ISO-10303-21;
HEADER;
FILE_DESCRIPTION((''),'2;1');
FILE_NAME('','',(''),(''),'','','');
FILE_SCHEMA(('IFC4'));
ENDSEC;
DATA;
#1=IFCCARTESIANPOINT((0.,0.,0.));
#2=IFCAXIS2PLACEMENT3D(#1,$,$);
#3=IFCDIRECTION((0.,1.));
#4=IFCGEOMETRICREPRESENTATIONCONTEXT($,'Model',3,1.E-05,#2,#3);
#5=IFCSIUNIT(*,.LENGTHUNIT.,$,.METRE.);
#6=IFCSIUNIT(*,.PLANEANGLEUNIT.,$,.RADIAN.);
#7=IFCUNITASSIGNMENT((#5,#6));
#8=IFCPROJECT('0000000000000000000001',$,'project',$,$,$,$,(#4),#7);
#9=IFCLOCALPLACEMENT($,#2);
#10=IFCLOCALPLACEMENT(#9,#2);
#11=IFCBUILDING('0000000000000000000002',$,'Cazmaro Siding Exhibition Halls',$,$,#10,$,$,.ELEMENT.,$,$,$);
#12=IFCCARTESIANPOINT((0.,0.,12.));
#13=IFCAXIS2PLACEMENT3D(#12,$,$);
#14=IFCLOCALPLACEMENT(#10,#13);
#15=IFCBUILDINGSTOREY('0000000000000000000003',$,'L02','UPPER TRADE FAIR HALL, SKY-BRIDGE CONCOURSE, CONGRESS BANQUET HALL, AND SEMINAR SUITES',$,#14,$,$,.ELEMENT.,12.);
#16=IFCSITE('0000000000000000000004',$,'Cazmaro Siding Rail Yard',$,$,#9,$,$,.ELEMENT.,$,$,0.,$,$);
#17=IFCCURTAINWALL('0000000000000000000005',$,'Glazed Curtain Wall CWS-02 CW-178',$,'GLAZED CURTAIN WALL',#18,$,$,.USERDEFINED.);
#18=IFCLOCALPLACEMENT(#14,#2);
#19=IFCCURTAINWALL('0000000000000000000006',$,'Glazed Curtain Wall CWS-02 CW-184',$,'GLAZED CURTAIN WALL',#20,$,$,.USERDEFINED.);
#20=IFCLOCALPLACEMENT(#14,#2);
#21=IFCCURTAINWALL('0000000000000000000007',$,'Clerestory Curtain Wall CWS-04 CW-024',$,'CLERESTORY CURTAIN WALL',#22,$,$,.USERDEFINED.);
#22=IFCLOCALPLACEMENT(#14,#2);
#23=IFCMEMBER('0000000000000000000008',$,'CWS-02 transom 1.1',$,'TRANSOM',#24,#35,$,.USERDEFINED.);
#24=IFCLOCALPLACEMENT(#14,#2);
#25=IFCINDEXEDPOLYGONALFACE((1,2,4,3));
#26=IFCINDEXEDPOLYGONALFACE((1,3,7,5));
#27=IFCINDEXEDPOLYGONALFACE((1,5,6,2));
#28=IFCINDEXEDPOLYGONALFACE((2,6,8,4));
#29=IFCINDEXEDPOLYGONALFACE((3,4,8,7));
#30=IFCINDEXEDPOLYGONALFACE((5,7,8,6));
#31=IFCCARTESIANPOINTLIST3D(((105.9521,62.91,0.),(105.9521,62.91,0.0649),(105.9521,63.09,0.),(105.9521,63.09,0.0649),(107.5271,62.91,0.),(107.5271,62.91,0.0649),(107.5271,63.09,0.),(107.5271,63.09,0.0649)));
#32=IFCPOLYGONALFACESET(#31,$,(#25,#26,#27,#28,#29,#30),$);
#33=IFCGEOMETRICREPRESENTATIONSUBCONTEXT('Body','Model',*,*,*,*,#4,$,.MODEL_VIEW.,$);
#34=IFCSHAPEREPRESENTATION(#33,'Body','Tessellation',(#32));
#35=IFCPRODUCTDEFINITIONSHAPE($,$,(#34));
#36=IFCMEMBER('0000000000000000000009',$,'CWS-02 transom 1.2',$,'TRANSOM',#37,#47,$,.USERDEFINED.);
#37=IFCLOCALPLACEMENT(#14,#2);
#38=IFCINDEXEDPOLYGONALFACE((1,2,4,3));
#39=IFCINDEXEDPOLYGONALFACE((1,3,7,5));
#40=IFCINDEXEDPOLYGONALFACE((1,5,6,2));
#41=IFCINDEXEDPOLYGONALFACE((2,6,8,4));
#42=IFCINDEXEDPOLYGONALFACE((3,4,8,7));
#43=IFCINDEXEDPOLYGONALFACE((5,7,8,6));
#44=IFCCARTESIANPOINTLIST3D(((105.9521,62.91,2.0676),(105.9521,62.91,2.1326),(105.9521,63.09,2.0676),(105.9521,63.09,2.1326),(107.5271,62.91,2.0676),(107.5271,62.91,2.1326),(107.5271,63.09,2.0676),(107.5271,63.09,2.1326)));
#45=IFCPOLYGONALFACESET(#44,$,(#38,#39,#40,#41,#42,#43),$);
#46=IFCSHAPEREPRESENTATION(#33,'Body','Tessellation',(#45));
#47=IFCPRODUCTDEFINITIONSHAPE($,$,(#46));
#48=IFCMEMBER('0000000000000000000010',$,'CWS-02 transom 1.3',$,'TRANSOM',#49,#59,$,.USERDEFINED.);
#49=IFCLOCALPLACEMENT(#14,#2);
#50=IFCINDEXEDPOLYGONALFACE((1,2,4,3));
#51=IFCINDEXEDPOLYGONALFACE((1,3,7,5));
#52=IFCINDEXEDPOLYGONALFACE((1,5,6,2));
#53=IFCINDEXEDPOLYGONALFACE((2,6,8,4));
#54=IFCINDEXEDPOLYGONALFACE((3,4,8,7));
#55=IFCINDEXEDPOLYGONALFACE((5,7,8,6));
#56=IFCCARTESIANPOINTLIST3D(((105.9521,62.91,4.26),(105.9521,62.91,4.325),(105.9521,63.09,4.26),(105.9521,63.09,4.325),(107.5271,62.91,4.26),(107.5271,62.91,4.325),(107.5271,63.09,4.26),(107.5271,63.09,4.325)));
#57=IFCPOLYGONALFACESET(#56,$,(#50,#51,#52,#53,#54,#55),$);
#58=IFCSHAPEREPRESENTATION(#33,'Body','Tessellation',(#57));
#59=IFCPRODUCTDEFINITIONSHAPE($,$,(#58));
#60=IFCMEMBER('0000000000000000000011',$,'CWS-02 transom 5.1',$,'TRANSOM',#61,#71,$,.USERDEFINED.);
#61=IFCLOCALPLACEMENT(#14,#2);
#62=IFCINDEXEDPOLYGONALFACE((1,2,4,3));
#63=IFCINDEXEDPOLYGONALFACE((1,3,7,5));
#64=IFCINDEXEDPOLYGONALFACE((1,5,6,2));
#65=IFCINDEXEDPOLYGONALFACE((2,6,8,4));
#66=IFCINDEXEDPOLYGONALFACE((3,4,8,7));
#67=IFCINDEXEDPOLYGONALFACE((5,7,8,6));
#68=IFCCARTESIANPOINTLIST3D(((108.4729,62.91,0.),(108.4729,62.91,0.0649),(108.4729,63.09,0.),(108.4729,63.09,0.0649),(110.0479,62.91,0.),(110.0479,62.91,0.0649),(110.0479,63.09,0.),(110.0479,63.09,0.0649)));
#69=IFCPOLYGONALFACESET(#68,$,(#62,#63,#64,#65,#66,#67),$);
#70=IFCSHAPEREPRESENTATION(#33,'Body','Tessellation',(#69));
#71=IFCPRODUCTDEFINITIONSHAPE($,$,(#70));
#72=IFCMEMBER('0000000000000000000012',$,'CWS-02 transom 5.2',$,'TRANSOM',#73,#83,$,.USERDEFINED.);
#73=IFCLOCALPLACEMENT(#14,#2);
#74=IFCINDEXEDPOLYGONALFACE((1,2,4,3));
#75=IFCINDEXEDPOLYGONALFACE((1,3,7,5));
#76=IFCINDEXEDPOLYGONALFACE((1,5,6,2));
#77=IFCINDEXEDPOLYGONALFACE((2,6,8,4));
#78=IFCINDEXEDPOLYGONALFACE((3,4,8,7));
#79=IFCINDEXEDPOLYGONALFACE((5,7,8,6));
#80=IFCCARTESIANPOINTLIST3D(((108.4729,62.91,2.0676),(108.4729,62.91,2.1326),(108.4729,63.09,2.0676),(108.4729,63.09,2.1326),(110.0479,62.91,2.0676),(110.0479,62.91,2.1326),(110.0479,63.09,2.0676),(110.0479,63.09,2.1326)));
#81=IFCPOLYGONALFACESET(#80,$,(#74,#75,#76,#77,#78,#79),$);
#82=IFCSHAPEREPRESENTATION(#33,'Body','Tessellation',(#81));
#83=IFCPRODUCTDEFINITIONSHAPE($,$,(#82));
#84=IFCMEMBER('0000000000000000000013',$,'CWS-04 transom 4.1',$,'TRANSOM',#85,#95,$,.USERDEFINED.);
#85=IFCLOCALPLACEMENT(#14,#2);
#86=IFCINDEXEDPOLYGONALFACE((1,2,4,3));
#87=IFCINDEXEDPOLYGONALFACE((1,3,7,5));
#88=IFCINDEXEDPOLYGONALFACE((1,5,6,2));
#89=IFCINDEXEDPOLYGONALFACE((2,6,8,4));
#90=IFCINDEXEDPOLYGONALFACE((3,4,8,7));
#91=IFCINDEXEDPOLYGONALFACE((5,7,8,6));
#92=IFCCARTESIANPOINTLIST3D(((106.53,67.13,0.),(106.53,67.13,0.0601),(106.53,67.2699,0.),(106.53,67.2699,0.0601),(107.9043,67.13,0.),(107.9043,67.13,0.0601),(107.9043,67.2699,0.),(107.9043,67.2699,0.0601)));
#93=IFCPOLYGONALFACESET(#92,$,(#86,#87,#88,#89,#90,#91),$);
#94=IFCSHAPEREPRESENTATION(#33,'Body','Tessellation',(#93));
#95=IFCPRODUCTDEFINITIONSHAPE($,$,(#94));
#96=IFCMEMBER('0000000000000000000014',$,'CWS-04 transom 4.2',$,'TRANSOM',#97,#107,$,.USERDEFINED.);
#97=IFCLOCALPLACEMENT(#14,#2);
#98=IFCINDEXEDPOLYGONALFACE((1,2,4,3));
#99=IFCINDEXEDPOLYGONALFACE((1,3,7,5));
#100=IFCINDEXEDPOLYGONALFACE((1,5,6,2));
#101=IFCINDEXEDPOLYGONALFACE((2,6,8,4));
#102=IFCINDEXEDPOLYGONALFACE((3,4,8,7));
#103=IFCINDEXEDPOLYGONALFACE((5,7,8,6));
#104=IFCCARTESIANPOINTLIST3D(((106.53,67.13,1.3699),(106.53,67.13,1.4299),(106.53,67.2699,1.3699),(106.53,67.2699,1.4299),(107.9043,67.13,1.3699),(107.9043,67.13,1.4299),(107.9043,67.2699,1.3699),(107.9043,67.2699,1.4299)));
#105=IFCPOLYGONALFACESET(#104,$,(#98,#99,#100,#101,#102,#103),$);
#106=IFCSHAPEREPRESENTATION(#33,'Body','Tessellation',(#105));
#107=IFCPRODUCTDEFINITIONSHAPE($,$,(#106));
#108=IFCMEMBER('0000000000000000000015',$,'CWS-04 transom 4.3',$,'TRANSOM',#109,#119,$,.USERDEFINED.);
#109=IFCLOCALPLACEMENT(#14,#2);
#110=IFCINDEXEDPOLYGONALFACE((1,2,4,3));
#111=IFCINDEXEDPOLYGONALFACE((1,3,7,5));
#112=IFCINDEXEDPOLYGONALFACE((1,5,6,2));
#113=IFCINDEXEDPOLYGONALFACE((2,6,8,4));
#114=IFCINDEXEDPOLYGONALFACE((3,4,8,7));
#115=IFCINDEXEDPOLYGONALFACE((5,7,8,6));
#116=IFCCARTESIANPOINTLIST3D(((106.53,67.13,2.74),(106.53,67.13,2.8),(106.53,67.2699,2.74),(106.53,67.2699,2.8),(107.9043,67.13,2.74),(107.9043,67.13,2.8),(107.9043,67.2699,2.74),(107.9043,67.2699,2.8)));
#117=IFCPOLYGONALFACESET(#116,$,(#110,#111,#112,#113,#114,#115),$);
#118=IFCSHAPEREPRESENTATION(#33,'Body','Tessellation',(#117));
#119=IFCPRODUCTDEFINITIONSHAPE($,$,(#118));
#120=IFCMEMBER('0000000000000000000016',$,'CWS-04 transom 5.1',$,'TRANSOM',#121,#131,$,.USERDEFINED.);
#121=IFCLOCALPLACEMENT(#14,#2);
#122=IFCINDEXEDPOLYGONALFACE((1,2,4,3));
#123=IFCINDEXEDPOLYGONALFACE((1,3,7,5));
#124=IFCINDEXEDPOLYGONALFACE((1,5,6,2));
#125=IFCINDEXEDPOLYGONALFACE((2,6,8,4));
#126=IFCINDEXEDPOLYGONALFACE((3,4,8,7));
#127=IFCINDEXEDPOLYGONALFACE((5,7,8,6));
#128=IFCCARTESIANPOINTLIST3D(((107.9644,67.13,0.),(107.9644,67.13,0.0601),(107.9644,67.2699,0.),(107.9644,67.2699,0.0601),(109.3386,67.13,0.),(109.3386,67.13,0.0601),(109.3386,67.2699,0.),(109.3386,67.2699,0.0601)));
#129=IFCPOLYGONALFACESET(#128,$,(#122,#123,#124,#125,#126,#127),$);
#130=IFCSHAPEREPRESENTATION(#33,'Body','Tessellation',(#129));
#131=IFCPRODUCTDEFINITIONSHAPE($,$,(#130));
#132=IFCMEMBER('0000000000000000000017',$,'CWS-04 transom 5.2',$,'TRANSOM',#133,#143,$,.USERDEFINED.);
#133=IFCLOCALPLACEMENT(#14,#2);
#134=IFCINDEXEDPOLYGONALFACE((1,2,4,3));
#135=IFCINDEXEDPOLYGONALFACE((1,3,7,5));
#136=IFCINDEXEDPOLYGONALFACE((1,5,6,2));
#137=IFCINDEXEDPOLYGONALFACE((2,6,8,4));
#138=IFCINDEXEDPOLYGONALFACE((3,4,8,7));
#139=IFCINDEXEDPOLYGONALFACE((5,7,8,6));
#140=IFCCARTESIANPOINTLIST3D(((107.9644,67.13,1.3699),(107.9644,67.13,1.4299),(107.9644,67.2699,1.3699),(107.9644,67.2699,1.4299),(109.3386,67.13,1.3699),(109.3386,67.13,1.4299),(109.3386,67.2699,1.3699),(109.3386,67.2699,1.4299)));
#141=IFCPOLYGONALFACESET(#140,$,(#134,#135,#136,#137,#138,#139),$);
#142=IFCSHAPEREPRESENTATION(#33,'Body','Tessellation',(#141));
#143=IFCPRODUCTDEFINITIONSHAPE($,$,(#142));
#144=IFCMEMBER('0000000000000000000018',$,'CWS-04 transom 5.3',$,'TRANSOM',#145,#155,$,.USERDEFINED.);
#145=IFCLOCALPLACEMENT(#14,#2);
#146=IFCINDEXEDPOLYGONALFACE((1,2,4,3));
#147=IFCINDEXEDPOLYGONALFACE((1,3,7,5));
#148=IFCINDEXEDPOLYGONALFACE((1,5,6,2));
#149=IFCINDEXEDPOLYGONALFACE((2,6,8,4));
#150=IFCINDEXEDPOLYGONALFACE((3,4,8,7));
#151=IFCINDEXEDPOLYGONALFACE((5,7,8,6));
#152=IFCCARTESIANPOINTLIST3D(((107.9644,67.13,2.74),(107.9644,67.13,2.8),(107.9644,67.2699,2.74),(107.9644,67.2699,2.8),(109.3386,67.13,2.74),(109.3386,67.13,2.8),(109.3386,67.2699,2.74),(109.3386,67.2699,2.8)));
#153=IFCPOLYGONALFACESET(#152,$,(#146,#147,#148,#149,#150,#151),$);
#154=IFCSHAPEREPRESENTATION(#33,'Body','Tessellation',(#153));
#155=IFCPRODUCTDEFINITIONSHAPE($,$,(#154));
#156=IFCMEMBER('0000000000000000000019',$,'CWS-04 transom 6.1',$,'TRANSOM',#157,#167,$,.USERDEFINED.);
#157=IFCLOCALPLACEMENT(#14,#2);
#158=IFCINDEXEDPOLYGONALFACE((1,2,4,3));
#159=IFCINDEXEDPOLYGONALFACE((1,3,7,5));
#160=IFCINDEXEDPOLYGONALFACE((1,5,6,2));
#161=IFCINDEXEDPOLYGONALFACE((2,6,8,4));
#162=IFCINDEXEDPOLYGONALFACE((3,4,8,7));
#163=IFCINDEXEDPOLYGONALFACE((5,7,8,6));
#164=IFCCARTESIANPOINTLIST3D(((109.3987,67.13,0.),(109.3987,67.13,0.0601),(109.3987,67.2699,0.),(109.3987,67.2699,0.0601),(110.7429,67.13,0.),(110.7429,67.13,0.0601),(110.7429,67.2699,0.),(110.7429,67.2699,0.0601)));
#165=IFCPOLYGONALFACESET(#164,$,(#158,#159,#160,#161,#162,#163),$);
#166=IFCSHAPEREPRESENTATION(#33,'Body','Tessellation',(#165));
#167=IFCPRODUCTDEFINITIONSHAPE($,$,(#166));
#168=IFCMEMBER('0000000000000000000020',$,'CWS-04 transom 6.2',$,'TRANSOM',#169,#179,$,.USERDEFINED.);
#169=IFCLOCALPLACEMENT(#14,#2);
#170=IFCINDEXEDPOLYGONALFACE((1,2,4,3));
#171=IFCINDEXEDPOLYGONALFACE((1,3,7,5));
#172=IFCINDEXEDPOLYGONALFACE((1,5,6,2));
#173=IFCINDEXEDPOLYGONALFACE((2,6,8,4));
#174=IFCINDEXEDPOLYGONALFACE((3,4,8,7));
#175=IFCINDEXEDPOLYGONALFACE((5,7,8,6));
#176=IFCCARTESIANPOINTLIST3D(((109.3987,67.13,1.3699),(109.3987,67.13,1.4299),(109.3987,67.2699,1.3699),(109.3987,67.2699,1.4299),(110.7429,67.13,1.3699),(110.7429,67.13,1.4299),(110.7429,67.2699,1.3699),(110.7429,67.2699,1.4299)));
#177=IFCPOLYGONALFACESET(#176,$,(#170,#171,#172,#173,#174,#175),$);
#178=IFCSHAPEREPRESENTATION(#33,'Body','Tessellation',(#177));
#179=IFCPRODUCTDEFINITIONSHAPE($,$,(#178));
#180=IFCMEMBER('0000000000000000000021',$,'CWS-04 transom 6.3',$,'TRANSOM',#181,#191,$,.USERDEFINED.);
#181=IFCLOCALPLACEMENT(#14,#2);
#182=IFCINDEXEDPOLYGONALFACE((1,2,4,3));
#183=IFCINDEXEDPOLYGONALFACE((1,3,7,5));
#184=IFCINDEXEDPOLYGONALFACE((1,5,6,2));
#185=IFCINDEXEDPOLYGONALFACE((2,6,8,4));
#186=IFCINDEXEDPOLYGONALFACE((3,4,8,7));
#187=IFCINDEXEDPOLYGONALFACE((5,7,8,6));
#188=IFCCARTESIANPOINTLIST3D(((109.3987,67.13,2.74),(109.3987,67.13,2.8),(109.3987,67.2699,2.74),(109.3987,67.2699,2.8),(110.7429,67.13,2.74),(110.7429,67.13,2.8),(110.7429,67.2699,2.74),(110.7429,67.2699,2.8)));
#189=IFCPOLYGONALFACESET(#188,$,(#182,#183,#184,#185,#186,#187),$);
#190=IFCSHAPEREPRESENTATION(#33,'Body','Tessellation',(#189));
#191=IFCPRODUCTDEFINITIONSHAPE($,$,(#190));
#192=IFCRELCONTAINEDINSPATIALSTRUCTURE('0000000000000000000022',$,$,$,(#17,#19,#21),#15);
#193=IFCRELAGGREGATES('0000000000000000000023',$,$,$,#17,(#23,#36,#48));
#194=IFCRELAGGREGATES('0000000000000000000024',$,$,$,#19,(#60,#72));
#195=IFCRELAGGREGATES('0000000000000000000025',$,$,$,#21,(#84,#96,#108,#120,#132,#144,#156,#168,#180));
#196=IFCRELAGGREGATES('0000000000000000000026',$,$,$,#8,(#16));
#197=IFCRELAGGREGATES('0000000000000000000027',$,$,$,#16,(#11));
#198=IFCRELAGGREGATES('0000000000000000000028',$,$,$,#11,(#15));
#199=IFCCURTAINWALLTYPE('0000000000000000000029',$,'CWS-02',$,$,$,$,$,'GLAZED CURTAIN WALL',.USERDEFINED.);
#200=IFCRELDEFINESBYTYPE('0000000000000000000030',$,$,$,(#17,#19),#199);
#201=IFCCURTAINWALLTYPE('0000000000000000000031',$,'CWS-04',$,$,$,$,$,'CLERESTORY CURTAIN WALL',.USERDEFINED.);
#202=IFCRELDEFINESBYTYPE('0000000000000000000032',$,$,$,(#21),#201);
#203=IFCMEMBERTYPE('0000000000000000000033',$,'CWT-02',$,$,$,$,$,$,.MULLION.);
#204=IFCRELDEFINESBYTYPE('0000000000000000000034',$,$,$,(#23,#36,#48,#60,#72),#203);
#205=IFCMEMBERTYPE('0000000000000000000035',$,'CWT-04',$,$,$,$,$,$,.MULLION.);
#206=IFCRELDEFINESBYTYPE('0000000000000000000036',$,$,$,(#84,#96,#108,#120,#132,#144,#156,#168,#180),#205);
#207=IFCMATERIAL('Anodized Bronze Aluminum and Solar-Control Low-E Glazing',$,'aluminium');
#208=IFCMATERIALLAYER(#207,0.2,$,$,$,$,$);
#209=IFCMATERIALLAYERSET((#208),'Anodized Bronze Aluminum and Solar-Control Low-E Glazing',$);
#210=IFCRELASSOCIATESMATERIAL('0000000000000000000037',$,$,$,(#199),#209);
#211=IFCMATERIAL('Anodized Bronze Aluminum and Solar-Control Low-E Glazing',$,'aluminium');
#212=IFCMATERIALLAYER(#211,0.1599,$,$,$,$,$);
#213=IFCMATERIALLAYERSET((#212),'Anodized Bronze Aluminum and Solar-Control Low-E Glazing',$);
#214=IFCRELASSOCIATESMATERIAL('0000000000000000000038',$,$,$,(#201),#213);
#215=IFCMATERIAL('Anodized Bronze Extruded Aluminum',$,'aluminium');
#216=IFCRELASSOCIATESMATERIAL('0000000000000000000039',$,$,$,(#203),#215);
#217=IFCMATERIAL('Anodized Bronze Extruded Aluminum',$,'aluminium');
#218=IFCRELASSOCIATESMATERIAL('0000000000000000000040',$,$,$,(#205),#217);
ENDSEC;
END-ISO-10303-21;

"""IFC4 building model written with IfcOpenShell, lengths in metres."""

from ifc_helpers import new_model, si_unit, direction, frame, origin, origin_2d, place, context, subcontext, project, spatial, rectangle, extrude, material, layer, layer_set, material_profile, profile_set, type_object, element, aggregate, save


model = new_model("IFC4")

# Units and contexts
model_context = context("Model", 3, precision=1e-05, world=origin(), true_north=direction((0.0, 1.0)))
body_context = subcontext(model_context, "Body", "Model", "MODEL_VIEW")
ifc_project = project(units=[si_unit("LENGTHUNIT", "METRE"), si_unit("PLANEANGLEUNIT", "RADIAN")], contexts=[model_context])

# Site, building, storey
site_placement = place(None, origin())
site = spatial("IfcSite", under=ifc_project, at=site_placement, Name="Cazmaro Siding Rail Yard", CompositionType="ELEMENT", RefElevation=0.0)
building_placement = place(site_placement, origin())
building = spatial("IfcBuilding", under=site, at=building_placement, Name="Cazmaro Siding Exhibition Halls", CompositionType="ELEMENT")
storey_placement = place(building_placement, frame((0.0, 0.0, 12.0)))
storey = spatial("IfcBuildingStorey", under=building, at=storey_placement, Name="L02", Description="UPPER TRADE FAIR HALL, SKY-BRIDGE CONCOURSE, CONGRESS BANQUET HALL, AND SEMINAR SUITES", CompositionType="ELEMENT", Elevation=12.0)

# Curtain walls
ifc_material_1 = material(Name="Anodized Bronze Aluminum and Solar-Control Low-E Glazing", Category="aluminium")
ifc_layer_1 = layer(ifc_material_1, 0.2)
ifc_layer_set_1 = layer_set([ifc_layer_1], Name="Anodized Bronze Aluminum and Solar-Control Low-E Glazing")
curtain_wall_type_1 = type_object("IfcCurtainWallType", Name="CWS-02", ElementType="GLAZED CURTAIN WALL", PredefinedType="USERDEFINED", material=ifc_layer_set_1)
curtain_wall_1_placement = place(storey_placement, origin())
curtain_wall_1 = element("IfcCurtainWall", 1, at=curtain_wall_1_placement, inside=storey, type_object=curtain_wall_type_1, Name="Glazed Curtain Wall CWS-02 CW-178", ObjectType="GLAZED CURTAIN WALL", PredefinedType="USERDEFINED")
curtain_wall_2_placement = place(storey_placement, origin())
curtain_wall_2 = element("IfcCurtainWall", 2, at=curtain_wall_2_placement, inside=storey, type_object=curtain_wall_type_1, Name="Glazed Curtain Wall CWS-02 CW-184", ObjectType="GLAZED CURTAIN WALL", PredefinedType="USERDEFINED")

# Curtain wall
ifc_material_2 = material(Name="Anodized Bronze Aluminum and Solar-Control Low-E Glazing", Category="aluminium")
ifc_layer_2 = layer(ifc_material_2, 0.1599)
ifc_layer_set_2 = layer_set([ifc_layer_2], Name="Anodized Bronze Aluminum and Solar-Control Low-E Glazing")
curtain_wall_type_2 = type_object("IfcCurtainWallType", Name="CWS-04", ElementType="CLERESTORY CURTAIN WALL", PredefinedType="USERDEFINED", material=ifc_layer_set_2)
curtain_wall_3_placement = place(storey_placement, origin())
curtain_wall_3 = element("IfcCurtainWall", 3, at=curtain_wall_3_placement, inside=storey, type_object=curtain_wall_type_2, Name="Clerestory Curtain Wall CWS-04 CW-024", ObjectType="CLERESTORY CURTAIN WALL", PredefinedType="USERDEFINED")

# Members
ifc_material_3 = material(Name="Anodized Bronze Extruded Aluminum", Category="aluminium")
ifc_material_profile_1 = material_profile(ifc_material_3, rectangle(XDim=0.1799, YDim=0.0649, at=origin_2d()), Name="CWT-02")
ifc_profile_set_1 = profile_set([ifc_material_profile_1], Name="Anodized Bronze Extruded Aluminum")
member_type_1 = type_object("IfcMemberType", Name="CWT-02", PredefinedType="MULLION", material=ifc_profile_set_1)
member_1_placement = place(storey_placement, frame((107.5271, 63.0, 0.0325), z_axis=(-1.0, 0.0, 0.0), x_axis=(0.0, -1.0, 0.0)))
member_1 = element("IfcMember", 4, at=member_1_placement, type_object=member_type_1, Name="CWS-02 transom 1.1", ObjectType="TRANSOM", PredefinedType="USERDEFINED", context=body_context, shape_type="SweptSolid", body=[
    extrude(rectangle(XDim=0.1799, YDim=0.0649, at=origin_2d()), origin(), (0.0, 0.0, 1.0), 1.575),
])
member_2_placement = place(storey_placement, frame((107.5271, 63.0, 2.1001), z_axis=(-1.0, 0.0, 0.0), x_axis=(0.0, -1.0, 0.0)))
member_2 = element("IfcMember", 5, at=member_2_placement, type_object=member_type_1, Name="CWS-02 transom 1.2", ObjectType="TRANSOM", PredefinedType="USERDEFINED", context=body_context, shape_type="SweptSolid", body=[
    extrude(rectangle(XDim=0.1799, YDim=0.0649, at=origin_2d()), origin(), (0.0, 0.0, 1.0), 1.575),
])
member_3_placement = place(storey_placement, frame((107.5271, 63.0, 4.2925), z_axis=(-1.0, 0.0, 0.0), x_axis=(0.0, -1.0, 0.0)))
member_3 = element("IfcMember", 6, at=member_3_placement, type_object=member_type_1, Name="CWS-02 transom 1.3", ObjectType="TRANSOM", PredefinedType="USERDEFINED", context=body_context, shape_type="SweptSolid", body=[
    extrude(rectangle(XDim=0.1799, YDim=0.0649, at=origin_2d()), origin(), (0.0, 0.0, 1.0), 1.575),
])
member_4_placement = place(storey_placement, frame((110.0479, 63.0, 0.0325), z_axis=(-1.0, 0.0, 0.0), x_axis=(0.0, -1.0, 0.0)))
member_4 = element("IfcMember", 7, at=member_4_placement, type_object=member_type_1, Name="CWS-02 transom 5.1", ObjectType="TRANSOM", PredefinedType="USERDEFINED", context=body_context, shape_type="SweptSolid", body=[
    extrude(rectangle(XDim=0.1799, YDim=0.0649, at=origin_2d()), origin(), (0.0, 0.0, 1.0), 1.575),
])
member_5_placement = place(storey_placement, frame((110.0479, 63.0, 2.1001), z_axis=(-1.0, 0.0, 0.0), x_axis=(0.0, -1.0, 0.0)))
member_5 = element("IfcMember", 8, at=member_5_placement, type_object=member_type_1, Name="CWS-02 transom 5.2", ObjectType="TRANSOM", PredefinedType="USERDEFINED", context=body_context, shape_type="SweptSolid", body=[
    extrude(rectangle(XDim=0.1799, YDim=0.0649, at=origin_2d()), origin(), (0.0, 0.0, 1.0), 1.575),
])
ifc_material_4 = material(Name="Anodized Bronze Extruded Aluminum", Category="aluminium")
ifc_material_profile_2 = material_profile(ifc_material_4, rectangle(XDim=0.1399, YDim=0.0601, at=origin_2d()), Name="CWT-04")
ifc_profile_set_2 = profile_set([ifc_material_profile_2], Name="Anodized Bronze Extruded Aluminum")
member_type_2 = type_object("IfcMemberType", Name="CWT-04", PredefinedType="MULLION", material=ifc_profile_set_2)
member_6_placement = place(storey_placement, frame((106.53, 67.2, 0.03), z_axis=(1.0, 0.0, 0.0), x_axis=(0.0, 1.0, 0.0)))
member_6 = element("IfcMember", 9, at=member_6_placement, type_object=member_type_2, Name="CWS-04 transom 4.1", ObjectType="TRANSOM", PredefinedType="USERDEFINED", context=body_context, shape_type="SweptSolid", body=[
    extrude(rectangle(XDim=0.1399, YDim=0.0601, at=origin_2d()), origin(), (0.0, 0.0, 1.0), 1.3743),
])
member_7_placement = place(storey_placement, frame((106.53, 67.2, 1.3999), z_axis=(1.0, 0.0, 0.0), x_axis=(0.0, 1.0, 0.0)))
member_7 = element("IfcMember", 10, at=member_7_placement, type_object=member_type_2, Name="CWS-04 transom 4.2", ObjectType="TRANSOM", PredefinedType="USERDEFINED", context=body_context, shape_type="SweptSolid", body=[
    extrude(rectangle(XDim=0.1399, YDim=0.0601, at=origin_2d()), origin(), (0.0, 0.0, 1.0), 1.3743),
])
member_8_placement = place(storey_placement, frame((106.53, 67.2, 2.77), z_axis=(1.0, 0.0, 0.0), x_axis=(0.0, 1.0, 0.0)))
member_8 = element("IfcMember", 11, at=member_8_placement, type_object=member_type_2, Name="CWS-04 transom 4.3", ObjectType="TRANSOM", PredefinedType="USERDEFINED", context=body_context, shape_type="SweptSolid", body=[
    extrude(rectangle(XDim=0.1399, YDim=0.0601, at=origin_2d()), origin(), (0.0, 0.0, 1.0), 1.3743),
])
member_9_placement = place(storey_placement, frame((107.9644, 67.2, 0.03), z_axis=(1.0, 0.0, 0.0), x_axis=(0.0, 1.0, 0.0)))
member_9 = element("IfcMember", 12, at=member_9_placement, type_object=member_type_2, Name="CWS-04 transom 5.1", ObjectType="TRANSOM", PredefinedType="USERDEFINED", context=body_context, shape_type="SweptSolid", body=[
    extrude(rectangle(XDim=0.1399, YDim=0.0601, at=origin_2d()), origin(), (0.0, 0.0, 1.0), 1.3743),
])
member_10_placement = place(storey_placement, frame((107.9644, 67.2, 1.3999), z_axis=(1.0, 0.0, 0.0), x_axis=(0.0, 1.0, 0.0)))
member_10 = element("IfcMember", 13, at=member_10_placement, type_object=member_type_2, Name="CWS-04 transom 5.2", ObjectType="TRANSOM", PredefinedType="USERDEFINED", context=body_context, shape_type="SweptSolid", body=[
    extrude(rectangle(XDim=0.1399, YDim=0.0601, at=origin_2d()), origin(), (0.0, 0.0, 1.0), 1.3743),
])
member_11_placement = place(storey_placement, frame((107.9644, 67.2, 2.77), z_axis=(1.0, 0.0, 0.0), x_axis=(0.0, 1.0, 0.0)))
member_11 = element("IfcMember", 14, at=member_11_placement, type_object=member_type_2, Name="CWS-04 transom 5.3", ObjectType="TRANSOM", PredefinedType="USERDEFINED", context=body_context, shape_type="SweptSolid", body=[
    extrude(rectangle(XDim=0.1399, YDim=0.0601, at=origin_2d()), origin(), (0.0, 0.0, 1.0), 1.3743),
])
member_12_placement = place(storey_placement, frame((109.3987, 67.2, 0.03), z_axis=(1.0, 0.0, 0.0), x_axis=(0.0, 1.0, 0.0)))
member_12 = element("IfcMember", 15, at=member_12_placement, type_object=member_type_2, Name="CWS-04 transom 6.1", ObjectType="TRANSOM", PredefinedType="USERDEFINED", context=body_context, shape_type="SweptSolid", body=[
    extrude(rectangle(XDim=0.1399, YDim=0.0601, at=origin_2d()), origin(), (0.0, 0.0, 1.0), 1.3442),
])
member_13_placement = place(storey_placement, frame((109.3987, 67.2, 1.3999), z_axis=(1.0, 0.0, 0.0), x_axis=(0.0, 1.0, 0.0)))
member_13 = element("IfcMember", 16, at=member_13_placement, type_object=member_type_2, Name="CWS-04 transom 6.2", ObjectType="TRANSOM", PredefinedType="USERDEFINED", context=body_context, shape_type="SweptSolid", body=[
    extrude(rectangle(XDim=0.1399, YDim=0.0601, at=origin_2d()), origin(), (0.0, 0.0, 1.0), 1.3442),
])
member_14_placement = place(storey_placement, frame((109.3987, 67.2, 2.77), z_axis=(1.0, 0.0, 0.0), x_axis=(0.0, 1.0, 0.0)))
member_14 = element("IfcMember", 17, at=member_14_placement, type_object=member_type_2, Name="CWS-04 transom 6.3", ObjectType="TRANSOM", PredefinedType="USERDEFINED", context=body_context, shape_type="SweptSolid", body=[
    extrude(rectangle(XDim=0.1399, YDim=0.0601, at=origin_2d()), origin(), (0.0, 0.0, 1.0), 1.3442),
])

aggregate(curtain_wall_1, [member_1, member_2, member_3])
aggregate(curtain_wall_2, [member_4, member_5])
aggregate(curtain_wall_3, [member_6, member_7, member_8, member_9, member_10, member_11, member_12, member_13, member_14])

save(model, "model.ifc")
